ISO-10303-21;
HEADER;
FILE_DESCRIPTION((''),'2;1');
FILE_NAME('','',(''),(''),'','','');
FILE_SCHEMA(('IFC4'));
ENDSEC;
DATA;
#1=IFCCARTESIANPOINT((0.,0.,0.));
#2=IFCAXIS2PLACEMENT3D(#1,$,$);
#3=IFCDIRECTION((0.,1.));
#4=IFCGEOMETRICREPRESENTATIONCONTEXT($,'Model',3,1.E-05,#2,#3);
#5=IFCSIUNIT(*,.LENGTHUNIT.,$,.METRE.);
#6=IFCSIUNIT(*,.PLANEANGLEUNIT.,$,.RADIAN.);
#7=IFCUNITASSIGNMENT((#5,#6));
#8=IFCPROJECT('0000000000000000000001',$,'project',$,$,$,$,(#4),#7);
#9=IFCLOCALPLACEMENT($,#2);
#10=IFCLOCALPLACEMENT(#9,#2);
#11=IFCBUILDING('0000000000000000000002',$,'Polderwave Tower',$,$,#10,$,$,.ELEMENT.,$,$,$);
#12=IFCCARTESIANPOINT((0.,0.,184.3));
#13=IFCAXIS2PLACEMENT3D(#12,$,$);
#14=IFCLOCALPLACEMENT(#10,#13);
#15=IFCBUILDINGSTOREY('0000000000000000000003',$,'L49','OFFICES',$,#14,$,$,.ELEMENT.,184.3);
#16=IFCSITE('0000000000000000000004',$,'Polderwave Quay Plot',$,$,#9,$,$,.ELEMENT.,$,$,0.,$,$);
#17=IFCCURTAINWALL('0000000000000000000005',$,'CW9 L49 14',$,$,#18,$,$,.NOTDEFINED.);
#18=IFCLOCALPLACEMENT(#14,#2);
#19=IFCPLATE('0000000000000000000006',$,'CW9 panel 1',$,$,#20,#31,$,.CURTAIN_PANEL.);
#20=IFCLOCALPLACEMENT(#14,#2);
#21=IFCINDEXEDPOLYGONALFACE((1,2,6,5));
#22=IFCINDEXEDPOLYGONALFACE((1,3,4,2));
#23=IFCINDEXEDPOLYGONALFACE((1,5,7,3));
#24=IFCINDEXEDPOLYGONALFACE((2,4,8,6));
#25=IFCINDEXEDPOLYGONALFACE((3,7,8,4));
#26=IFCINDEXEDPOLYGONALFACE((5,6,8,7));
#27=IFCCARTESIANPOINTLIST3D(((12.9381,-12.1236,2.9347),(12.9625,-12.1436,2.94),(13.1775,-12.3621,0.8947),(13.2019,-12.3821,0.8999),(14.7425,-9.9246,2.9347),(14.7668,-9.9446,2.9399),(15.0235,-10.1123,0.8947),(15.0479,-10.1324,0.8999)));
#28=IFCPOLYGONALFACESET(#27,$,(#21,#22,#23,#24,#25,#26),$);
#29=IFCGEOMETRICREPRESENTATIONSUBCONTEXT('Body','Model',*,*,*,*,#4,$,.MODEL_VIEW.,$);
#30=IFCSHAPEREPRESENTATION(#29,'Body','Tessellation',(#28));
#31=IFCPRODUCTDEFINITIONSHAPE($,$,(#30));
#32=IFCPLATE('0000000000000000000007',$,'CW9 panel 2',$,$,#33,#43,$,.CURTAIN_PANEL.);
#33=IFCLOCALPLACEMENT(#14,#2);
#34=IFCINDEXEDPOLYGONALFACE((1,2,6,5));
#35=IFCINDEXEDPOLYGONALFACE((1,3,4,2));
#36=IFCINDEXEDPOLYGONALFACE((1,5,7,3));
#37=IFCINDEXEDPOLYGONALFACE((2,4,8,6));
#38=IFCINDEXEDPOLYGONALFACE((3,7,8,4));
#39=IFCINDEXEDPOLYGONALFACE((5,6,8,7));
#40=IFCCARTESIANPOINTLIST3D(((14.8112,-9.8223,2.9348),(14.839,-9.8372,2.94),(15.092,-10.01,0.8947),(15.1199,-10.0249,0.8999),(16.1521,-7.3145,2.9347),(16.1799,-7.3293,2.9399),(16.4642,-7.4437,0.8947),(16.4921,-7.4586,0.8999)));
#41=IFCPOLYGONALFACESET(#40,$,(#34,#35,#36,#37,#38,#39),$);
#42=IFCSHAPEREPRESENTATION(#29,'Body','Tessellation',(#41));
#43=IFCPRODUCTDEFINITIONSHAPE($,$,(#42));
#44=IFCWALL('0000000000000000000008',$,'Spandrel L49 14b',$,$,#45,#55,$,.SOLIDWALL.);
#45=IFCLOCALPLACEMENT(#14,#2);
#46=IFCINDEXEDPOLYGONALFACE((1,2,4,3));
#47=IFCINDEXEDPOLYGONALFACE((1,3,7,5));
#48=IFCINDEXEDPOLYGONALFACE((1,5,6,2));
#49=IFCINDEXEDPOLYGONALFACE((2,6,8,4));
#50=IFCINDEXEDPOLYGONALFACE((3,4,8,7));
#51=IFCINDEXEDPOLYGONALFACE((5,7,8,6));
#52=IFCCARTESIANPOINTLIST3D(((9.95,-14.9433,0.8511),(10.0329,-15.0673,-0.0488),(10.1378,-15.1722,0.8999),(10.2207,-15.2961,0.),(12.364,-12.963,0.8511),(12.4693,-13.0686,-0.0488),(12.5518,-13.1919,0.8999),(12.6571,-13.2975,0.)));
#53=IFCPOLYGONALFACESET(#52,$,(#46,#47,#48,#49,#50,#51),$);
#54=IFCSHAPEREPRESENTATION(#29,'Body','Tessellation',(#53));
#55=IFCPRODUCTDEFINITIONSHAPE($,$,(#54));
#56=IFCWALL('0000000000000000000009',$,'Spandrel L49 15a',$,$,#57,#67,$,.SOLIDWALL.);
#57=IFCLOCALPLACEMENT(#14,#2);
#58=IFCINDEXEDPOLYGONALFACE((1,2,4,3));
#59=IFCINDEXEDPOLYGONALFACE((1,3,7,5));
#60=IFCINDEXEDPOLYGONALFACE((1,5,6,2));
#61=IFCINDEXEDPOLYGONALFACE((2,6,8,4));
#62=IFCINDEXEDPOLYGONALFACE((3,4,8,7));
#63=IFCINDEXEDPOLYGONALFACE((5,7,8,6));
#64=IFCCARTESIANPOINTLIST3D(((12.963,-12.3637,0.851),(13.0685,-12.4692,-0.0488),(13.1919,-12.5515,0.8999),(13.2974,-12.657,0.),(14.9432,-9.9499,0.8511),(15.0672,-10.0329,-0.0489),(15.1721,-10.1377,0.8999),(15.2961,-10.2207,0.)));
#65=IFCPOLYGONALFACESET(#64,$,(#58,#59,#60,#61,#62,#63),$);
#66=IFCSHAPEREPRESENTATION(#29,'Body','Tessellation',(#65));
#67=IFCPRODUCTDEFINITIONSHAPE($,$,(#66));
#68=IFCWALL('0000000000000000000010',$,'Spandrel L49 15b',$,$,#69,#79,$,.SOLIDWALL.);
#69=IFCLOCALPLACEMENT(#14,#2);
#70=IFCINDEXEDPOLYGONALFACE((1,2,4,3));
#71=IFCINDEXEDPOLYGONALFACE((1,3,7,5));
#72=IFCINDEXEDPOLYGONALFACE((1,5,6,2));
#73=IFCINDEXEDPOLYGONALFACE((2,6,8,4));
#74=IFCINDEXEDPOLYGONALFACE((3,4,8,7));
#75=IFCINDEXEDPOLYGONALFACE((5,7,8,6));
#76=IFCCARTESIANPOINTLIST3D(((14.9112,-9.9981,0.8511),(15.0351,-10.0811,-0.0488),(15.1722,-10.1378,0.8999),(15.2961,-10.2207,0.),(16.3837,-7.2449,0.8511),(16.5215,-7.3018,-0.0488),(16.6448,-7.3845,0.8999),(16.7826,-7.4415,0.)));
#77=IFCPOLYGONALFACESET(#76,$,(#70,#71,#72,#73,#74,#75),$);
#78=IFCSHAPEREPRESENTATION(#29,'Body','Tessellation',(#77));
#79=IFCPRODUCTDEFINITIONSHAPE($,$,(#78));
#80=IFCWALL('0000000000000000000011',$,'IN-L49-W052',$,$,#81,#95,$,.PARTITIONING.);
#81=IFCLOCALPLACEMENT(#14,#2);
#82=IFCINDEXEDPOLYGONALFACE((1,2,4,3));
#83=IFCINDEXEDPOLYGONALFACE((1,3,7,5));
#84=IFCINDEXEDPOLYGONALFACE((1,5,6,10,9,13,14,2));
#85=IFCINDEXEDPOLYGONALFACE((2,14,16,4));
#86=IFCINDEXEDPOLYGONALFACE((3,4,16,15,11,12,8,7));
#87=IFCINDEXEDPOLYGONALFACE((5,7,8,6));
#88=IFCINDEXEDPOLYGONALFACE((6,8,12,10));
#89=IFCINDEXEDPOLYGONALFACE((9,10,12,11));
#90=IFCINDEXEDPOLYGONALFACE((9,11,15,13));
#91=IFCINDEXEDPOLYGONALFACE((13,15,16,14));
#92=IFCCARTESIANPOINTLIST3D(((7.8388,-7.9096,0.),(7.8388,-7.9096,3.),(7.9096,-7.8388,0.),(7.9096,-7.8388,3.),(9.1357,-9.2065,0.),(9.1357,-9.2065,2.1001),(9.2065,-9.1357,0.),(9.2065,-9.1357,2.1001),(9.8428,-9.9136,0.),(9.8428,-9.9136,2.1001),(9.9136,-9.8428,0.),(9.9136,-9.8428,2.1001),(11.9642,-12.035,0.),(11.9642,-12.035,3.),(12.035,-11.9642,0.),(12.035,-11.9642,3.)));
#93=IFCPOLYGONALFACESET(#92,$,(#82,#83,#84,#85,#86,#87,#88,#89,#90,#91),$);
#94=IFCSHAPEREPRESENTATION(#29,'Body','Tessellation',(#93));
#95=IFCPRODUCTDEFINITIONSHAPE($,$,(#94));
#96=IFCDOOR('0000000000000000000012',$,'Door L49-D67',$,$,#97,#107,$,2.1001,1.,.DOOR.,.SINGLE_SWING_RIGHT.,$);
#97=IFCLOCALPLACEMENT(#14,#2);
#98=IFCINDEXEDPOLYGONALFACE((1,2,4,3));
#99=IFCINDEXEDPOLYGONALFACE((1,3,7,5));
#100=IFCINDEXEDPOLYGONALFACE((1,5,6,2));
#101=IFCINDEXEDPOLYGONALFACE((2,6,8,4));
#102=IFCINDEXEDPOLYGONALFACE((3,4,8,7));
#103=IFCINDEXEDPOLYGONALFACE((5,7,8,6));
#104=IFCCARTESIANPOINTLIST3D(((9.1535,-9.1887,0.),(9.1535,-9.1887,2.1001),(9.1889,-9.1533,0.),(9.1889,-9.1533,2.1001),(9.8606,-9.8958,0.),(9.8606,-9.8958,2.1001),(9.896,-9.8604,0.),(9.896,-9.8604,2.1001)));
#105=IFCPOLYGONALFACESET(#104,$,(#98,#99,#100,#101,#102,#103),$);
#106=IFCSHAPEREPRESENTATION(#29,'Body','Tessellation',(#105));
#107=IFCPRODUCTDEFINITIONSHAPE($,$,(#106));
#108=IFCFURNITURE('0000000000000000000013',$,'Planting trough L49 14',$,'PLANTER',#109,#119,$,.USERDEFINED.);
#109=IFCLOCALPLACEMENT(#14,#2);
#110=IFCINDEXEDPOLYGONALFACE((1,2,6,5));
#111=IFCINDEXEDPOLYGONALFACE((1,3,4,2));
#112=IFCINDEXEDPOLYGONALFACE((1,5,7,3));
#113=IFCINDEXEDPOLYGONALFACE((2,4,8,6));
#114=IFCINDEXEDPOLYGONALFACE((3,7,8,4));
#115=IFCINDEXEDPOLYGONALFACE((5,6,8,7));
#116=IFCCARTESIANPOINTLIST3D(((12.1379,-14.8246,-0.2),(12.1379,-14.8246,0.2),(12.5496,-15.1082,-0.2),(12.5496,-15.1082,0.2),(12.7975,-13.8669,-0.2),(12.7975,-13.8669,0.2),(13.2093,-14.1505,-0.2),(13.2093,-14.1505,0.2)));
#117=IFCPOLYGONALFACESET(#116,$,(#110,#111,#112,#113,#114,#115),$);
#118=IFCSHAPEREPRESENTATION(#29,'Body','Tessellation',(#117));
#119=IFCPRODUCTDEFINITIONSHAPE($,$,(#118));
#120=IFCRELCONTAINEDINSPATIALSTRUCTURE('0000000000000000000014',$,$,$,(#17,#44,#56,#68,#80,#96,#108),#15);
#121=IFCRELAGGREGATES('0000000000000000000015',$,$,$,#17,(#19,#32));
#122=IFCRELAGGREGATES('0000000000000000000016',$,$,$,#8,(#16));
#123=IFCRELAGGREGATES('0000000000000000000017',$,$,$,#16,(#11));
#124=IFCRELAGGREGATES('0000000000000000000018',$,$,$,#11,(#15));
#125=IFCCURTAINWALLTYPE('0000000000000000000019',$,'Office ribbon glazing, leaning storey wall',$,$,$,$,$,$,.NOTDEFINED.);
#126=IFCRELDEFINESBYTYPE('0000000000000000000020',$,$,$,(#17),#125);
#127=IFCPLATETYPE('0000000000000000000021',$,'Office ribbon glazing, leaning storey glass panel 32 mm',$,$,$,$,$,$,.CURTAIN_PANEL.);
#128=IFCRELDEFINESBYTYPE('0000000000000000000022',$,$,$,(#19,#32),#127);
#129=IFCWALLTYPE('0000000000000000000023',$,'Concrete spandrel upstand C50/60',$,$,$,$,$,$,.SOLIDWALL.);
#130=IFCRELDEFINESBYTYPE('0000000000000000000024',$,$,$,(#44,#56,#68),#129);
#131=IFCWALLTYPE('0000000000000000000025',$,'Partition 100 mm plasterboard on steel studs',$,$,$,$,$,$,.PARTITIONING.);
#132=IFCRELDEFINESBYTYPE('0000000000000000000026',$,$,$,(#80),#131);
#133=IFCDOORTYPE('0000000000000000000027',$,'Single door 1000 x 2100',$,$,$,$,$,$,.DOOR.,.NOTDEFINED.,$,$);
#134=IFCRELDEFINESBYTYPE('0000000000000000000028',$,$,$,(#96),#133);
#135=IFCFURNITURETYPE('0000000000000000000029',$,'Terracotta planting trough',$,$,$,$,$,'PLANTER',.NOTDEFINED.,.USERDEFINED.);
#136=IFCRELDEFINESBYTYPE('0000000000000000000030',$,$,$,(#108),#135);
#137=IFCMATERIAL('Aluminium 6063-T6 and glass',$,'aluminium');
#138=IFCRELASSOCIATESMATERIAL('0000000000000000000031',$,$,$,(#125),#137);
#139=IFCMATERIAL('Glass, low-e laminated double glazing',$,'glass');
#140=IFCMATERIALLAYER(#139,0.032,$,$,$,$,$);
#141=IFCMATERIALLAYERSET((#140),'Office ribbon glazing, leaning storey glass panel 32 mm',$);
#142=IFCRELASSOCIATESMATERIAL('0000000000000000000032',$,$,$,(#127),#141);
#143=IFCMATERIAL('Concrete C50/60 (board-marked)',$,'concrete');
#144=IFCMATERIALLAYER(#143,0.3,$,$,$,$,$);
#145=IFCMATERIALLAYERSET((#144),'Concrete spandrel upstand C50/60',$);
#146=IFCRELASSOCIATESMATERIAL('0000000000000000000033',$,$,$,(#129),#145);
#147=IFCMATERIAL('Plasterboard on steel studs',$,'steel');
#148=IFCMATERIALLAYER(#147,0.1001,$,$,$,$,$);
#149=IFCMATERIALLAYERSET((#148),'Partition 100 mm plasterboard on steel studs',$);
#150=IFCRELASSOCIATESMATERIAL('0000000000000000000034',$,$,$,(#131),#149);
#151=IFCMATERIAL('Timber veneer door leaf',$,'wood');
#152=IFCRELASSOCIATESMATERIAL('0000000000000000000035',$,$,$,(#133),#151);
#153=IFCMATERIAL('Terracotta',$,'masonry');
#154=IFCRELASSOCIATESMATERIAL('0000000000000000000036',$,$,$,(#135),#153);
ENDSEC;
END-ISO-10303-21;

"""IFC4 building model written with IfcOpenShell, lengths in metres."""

from ifc_helpers import new_model, si_unit, direction, frame, frame_2d, origin, origin_2d, place, context, subcontext, project, spatial, polyline, rectangle, outline, extrude, material, layer, layer_set, type_object, element, fill, aggregate, save


model = new_model("IFC4")

# Units and contexts
model_context = context("Model", 3, precision=1e-05, world=origin(), true_north=direction((0.0, 1.0)))
body_context = subcontext(model_context, "Body", "Model", "MODEL_VIEW")
ifc_project = project(units=[si_unit("LENGTHUNIT", "METRE"), si_unit("PLANEANGLEUNIT", "RADIAN")], contexts=[model_context])

# Site, building, storey
site_placement = place(None, origin())
site = spatial("IfcSite", under=ifc_project, at=site_placement, Name="Polderwave Quay Plot", CompositionType="ELEMENT", RefElevation=0.0)
building_placement = place(site_placement, origin())
building = spatial("IfcBuilding", under=site, at=building_placement, Name="Polderwave Tower", CompositionType="ELEMENT")
storey_placement = place(building_placement, frame((0.0, 0.0, 184.3)))
storey = spatial("IfcBuildingStorey", under=building, at=storey_placement, Name="L49", Description="OFFICES", CompositionType="ELEMENT", Elevation=184.3)

# Curtain wall
ifc_material_1 = material(Name="Aluminium 6063-T6 and glass", Category="aluminium")
curtain_wall_type = type_object("IfcCurtainWallType", Name="Office ribbon glazing, leaning storey wall", PredefinedType="NOTDEFINED", material=ifc_material_1)
curtain_wall_1_placement = place(storey_placement, origin())
curtain_wall_1 = element("IfcCurtainWall", 1, at=curtain_wall_1_placement, inside=storey, type_object=curtain_wall_type, Name="CW9 L49 14", PredefinedType="NOTDEFINED")

# Plates
ifc_material_2 = material(Name="Glass, low-e laminated double glazing", Category="glass")
ifc_layer_1 = layer(ifc_material_2, 0.032)
ifc_layer_set_1 = layer_set([ifc_layer_1], Name="Office ribbon glazing, leaning storey glass panel 32 mm")
plate_type = type_object("IfcPlateType", Name="Office ribbon glazing, leaning storey glass panel 32 mm", PredefinedType="CURTAIN_PANEL", material=ifc_layer_set_1)
plate_1_placement = place(storey_placement, frame((13.2019, -12.3821, 0.8999), z_axis=(0.76276, -0.62588, 0.162697), x_axis=(0.634332, 0.773061, 0.000004)))
plate_1 = element("IfcPlate", 2, at=plate_1_placement, type_object=plate_type, Name="CW9 panel 1", PredefinedType="CURTAIN_PANEL", context=body_context, shape_type="SweptSolid", body=[
    extrude(outline(polyline([(0.0, 0.0), (2.9101, 0.0), (2.877, 2.0676), (0.0325, 2.0676), (0.0, 0.0)])), origin(), (0.0, 0.0, -1.0), 0.032),
])
plate_2_placement = place(storey_placement, frame((15.1199, -10.0249, 0.8999), z_axis=(0.87012, -0.465244, 0.162602), x_axis=(0.471518, 0.881856, 0.000008)))
plate_2 = element("IfcPlate", 3, at=plate_2_placement, type_object=plate_type, Name="CW9 panel 2", PredefinedType="CURTAIN_PANEL", context=body_context, shape_type="SweptSolid", body=[
    extrude(outline(polyline([(0.0, 0.0), (2.9102, 0.0), (2.8769, 2.0675), (0.0331, 2.0676), (0.0, 0.0)])), origin(), (0.0, 0.0, -1.0), 0.032),
])
aggregate(curtain_wall_1, [plate_1, plate_2])

# Walls
ifc_material_3 = material(Name="Concrete C50/60 (board-marked)", Category="concrete")
ifc_layer_2 = layer(ifc_material_3, 0.3)
ifc_layer_set_2 = layer_set([ifc_layer_2], Name="Concrete spandrel upstand C50/60")
wall_type_1 = type_object("IfcWallType", Name="Concrete spandrel upstand C50/60", PredefinedType="SOLIDWALL", material=ifc_layer_set_2)
wall_1_placement = place(storey_placement, frame((10.2207, -15.2961, 0.0), z_axis=(0.625791, -0.762829, 0.162716), x_axis=(0.773132, 0.634245, 0.000006)))
element("IfcWall", 4, at=wall_1_placement, inside=storey, type_object=wall_type_1, Name="Spandrel L49 14b", PredefinedType="SOLIDWALL", context=body_context, shape_type="SweptSolid", body=[
    extrude(outline(polyline([(0.0, 0.0), (3.1513, 0.0), (3.1368, 0.912), (0.0145, 0.9121), (0.0, 0.0)])), origin(), (0.0, 0.0, -1.0), 0.3),
])
wall_2_placement = place(storey_placement, frame((13.2974, -12.657, 0.0), z_axis=(0.762803, -0.625801, 0.162799), x_axis=(0.634263, 0.773117, -0.000003)))
element("IfcWall", 5, at=wall_2_placement, inside=storey, type_object=wall_type_1, Name="Spandrel L49 15a", PredefinedType="SOLIDWALL", context=body_context, shape_type="SweptSolid", body=[
    extrude(outline(polyline([(0.0, 0.0), (3.1513, 0.0), (3.1368, 0.9121), (0.0146, 0.9121), (0.0, 0.0)])), origin(), (0.0, 0.0, -1.0), 0.3),
])
wall_3_placement = place(storey_placement, frame((15.2961, -10.2207, 0.0), z_axis=(0.870053, -0.465339, 0.162688), x_axis=(0.471621, 0.881801, 0.000007)))
element("IfcWall", 6, at=wall_3_placement, inside=storey, type_object=wall_type_1, Name="Spandrel L49 15b", PredefinedType="SOLIDWALL", context=body_context, shape_type="SweptSolid", body=[
    extrude(outline(polyline([(0.0, 0.0), (3.1518, 0.0), (3.137, 0.912), (0.0147, 0.9121), (0.0, 0.0)])), origin(), (0.0, 0.0, -1.0), 0.3),
])

# Wall, opening, door
ifc_material_4 = material(Name="Plasterboard on steel studs", Category="steel")
ifc_layer_3 = layer(ifc_material_4, 0.1001)
ifc_layer_set_3 = layer_set([ifc_layer_3], Name="Partition 100 mm plasterboard on steel studs")
wall_type_2 = type_object("IfcWallType", Name="Partition 100 mm plasterboard on steel studs", PredefinedType="PARTITIONING", material=ifc_layer_set_3)
wall_4_placement = place(storey_placement, frame((11.9995, -11.9995, 0.0), z_axis=(0.0, 0.0, 1.0), x_axis=(-0.707107, 0.707107, 0.0)))
wall_4 = element("IfcWall", 7, at=wall_4_placement, inside=storey, type_object=wall_type_2, Name="IN-L49-W052", PredefinedType="PARTITIONING", context=body_context, shape_type="SweptSolid", body=[
    extrude(rectangle(XDim=5.8342, YDim=0.1001, at=frame_2d((2.917, 0.0))), origin(), (0.0, 0.0, 1.0), 3.0),
])
opening_placement = place(wall_4_placement, frame((3.0, 0.0, 0.0)))
opening = element("IfcOpeningElement", 8, at=opening_placement, cuts=wall_4, PredefinedType="OPENING", context=body_context, shape_type="SweptSolid", body=[
    extrude(rectangle(XDim=1.0, YDim=2.1001, at=frame_2d((0.5, 1.05))), frame((0.0, 0.0601, 0.0), z_axis=(0.0, -1.0, 0.0), x_axis=(1.0, 0.0, 0.0)), (0.0, 0.0, 1.0), 0.1201),
])
ifc_material_5 = material(Name="Timber veneer door leaf", Category="wood")
door_type = type_object("IfcDoorType", Name="Single door 1000 x 2100", OperationType="NOTDEFINED", PredefinedType="DOOR", material=ifc_material_5)
door_placement = place(opening_placement, origin())
door = element("IfcDoor", 9, at=door_placement, inside=storey, type_object=door_type, Name="Door L49-D67", OperationType="SINGLE_SWING_RIGHT", OverallHeight=2.1001, OverallWidth=1.0, PredefinedType="DOOR", context=body_context, shape_type="SweptSolid", body=[
    extrude(rectangle(XDim=1.0, YDim=2.1001, at=frame_2d((0.5, 1.05))), frame((0.0, 0.0249, 0.0), z_axis=(0.0, -1.0, 0.0), x_axis=(1.0, 0.0, 0.0)), (0.0, 0.0, 1.0), 0.05),
])
fill(opening, door)

# Furniture
ifc_material_6 = material(Name="Terracotta", Category="masonry")
furniture_type = type_object("IfcFurnitureType", Name="Terracotta planting trough", ElementType="PLANTER", AssemblyPlace="NOTDEFINED", PredefinedType="USERDEFINED", material=ifc_material_6)
furniture_placement = place(storey_placement, frame((12.6736, -14.4875, -0.2), z_axis=(0.0, 0.0, 1.0), x_axis=(0.567263, 0.823537, 0.0)))
element("IfcFurniture", 10, at=furniture_placement, inside=storey, type_object=furniture_type, Name="Planting trough L49 14", ObjectType="PLANTER", PredefinedType="USERDEFINED", context=body_context, shape_type="SweptSolid", body=[
    extrude(rectangle(XDim=1.1628, YDim=0.5, at=origin_2d()), origin(), (0.0, 0.0, 1.0), 0.3999),
])

save(model, "model.ifc")
